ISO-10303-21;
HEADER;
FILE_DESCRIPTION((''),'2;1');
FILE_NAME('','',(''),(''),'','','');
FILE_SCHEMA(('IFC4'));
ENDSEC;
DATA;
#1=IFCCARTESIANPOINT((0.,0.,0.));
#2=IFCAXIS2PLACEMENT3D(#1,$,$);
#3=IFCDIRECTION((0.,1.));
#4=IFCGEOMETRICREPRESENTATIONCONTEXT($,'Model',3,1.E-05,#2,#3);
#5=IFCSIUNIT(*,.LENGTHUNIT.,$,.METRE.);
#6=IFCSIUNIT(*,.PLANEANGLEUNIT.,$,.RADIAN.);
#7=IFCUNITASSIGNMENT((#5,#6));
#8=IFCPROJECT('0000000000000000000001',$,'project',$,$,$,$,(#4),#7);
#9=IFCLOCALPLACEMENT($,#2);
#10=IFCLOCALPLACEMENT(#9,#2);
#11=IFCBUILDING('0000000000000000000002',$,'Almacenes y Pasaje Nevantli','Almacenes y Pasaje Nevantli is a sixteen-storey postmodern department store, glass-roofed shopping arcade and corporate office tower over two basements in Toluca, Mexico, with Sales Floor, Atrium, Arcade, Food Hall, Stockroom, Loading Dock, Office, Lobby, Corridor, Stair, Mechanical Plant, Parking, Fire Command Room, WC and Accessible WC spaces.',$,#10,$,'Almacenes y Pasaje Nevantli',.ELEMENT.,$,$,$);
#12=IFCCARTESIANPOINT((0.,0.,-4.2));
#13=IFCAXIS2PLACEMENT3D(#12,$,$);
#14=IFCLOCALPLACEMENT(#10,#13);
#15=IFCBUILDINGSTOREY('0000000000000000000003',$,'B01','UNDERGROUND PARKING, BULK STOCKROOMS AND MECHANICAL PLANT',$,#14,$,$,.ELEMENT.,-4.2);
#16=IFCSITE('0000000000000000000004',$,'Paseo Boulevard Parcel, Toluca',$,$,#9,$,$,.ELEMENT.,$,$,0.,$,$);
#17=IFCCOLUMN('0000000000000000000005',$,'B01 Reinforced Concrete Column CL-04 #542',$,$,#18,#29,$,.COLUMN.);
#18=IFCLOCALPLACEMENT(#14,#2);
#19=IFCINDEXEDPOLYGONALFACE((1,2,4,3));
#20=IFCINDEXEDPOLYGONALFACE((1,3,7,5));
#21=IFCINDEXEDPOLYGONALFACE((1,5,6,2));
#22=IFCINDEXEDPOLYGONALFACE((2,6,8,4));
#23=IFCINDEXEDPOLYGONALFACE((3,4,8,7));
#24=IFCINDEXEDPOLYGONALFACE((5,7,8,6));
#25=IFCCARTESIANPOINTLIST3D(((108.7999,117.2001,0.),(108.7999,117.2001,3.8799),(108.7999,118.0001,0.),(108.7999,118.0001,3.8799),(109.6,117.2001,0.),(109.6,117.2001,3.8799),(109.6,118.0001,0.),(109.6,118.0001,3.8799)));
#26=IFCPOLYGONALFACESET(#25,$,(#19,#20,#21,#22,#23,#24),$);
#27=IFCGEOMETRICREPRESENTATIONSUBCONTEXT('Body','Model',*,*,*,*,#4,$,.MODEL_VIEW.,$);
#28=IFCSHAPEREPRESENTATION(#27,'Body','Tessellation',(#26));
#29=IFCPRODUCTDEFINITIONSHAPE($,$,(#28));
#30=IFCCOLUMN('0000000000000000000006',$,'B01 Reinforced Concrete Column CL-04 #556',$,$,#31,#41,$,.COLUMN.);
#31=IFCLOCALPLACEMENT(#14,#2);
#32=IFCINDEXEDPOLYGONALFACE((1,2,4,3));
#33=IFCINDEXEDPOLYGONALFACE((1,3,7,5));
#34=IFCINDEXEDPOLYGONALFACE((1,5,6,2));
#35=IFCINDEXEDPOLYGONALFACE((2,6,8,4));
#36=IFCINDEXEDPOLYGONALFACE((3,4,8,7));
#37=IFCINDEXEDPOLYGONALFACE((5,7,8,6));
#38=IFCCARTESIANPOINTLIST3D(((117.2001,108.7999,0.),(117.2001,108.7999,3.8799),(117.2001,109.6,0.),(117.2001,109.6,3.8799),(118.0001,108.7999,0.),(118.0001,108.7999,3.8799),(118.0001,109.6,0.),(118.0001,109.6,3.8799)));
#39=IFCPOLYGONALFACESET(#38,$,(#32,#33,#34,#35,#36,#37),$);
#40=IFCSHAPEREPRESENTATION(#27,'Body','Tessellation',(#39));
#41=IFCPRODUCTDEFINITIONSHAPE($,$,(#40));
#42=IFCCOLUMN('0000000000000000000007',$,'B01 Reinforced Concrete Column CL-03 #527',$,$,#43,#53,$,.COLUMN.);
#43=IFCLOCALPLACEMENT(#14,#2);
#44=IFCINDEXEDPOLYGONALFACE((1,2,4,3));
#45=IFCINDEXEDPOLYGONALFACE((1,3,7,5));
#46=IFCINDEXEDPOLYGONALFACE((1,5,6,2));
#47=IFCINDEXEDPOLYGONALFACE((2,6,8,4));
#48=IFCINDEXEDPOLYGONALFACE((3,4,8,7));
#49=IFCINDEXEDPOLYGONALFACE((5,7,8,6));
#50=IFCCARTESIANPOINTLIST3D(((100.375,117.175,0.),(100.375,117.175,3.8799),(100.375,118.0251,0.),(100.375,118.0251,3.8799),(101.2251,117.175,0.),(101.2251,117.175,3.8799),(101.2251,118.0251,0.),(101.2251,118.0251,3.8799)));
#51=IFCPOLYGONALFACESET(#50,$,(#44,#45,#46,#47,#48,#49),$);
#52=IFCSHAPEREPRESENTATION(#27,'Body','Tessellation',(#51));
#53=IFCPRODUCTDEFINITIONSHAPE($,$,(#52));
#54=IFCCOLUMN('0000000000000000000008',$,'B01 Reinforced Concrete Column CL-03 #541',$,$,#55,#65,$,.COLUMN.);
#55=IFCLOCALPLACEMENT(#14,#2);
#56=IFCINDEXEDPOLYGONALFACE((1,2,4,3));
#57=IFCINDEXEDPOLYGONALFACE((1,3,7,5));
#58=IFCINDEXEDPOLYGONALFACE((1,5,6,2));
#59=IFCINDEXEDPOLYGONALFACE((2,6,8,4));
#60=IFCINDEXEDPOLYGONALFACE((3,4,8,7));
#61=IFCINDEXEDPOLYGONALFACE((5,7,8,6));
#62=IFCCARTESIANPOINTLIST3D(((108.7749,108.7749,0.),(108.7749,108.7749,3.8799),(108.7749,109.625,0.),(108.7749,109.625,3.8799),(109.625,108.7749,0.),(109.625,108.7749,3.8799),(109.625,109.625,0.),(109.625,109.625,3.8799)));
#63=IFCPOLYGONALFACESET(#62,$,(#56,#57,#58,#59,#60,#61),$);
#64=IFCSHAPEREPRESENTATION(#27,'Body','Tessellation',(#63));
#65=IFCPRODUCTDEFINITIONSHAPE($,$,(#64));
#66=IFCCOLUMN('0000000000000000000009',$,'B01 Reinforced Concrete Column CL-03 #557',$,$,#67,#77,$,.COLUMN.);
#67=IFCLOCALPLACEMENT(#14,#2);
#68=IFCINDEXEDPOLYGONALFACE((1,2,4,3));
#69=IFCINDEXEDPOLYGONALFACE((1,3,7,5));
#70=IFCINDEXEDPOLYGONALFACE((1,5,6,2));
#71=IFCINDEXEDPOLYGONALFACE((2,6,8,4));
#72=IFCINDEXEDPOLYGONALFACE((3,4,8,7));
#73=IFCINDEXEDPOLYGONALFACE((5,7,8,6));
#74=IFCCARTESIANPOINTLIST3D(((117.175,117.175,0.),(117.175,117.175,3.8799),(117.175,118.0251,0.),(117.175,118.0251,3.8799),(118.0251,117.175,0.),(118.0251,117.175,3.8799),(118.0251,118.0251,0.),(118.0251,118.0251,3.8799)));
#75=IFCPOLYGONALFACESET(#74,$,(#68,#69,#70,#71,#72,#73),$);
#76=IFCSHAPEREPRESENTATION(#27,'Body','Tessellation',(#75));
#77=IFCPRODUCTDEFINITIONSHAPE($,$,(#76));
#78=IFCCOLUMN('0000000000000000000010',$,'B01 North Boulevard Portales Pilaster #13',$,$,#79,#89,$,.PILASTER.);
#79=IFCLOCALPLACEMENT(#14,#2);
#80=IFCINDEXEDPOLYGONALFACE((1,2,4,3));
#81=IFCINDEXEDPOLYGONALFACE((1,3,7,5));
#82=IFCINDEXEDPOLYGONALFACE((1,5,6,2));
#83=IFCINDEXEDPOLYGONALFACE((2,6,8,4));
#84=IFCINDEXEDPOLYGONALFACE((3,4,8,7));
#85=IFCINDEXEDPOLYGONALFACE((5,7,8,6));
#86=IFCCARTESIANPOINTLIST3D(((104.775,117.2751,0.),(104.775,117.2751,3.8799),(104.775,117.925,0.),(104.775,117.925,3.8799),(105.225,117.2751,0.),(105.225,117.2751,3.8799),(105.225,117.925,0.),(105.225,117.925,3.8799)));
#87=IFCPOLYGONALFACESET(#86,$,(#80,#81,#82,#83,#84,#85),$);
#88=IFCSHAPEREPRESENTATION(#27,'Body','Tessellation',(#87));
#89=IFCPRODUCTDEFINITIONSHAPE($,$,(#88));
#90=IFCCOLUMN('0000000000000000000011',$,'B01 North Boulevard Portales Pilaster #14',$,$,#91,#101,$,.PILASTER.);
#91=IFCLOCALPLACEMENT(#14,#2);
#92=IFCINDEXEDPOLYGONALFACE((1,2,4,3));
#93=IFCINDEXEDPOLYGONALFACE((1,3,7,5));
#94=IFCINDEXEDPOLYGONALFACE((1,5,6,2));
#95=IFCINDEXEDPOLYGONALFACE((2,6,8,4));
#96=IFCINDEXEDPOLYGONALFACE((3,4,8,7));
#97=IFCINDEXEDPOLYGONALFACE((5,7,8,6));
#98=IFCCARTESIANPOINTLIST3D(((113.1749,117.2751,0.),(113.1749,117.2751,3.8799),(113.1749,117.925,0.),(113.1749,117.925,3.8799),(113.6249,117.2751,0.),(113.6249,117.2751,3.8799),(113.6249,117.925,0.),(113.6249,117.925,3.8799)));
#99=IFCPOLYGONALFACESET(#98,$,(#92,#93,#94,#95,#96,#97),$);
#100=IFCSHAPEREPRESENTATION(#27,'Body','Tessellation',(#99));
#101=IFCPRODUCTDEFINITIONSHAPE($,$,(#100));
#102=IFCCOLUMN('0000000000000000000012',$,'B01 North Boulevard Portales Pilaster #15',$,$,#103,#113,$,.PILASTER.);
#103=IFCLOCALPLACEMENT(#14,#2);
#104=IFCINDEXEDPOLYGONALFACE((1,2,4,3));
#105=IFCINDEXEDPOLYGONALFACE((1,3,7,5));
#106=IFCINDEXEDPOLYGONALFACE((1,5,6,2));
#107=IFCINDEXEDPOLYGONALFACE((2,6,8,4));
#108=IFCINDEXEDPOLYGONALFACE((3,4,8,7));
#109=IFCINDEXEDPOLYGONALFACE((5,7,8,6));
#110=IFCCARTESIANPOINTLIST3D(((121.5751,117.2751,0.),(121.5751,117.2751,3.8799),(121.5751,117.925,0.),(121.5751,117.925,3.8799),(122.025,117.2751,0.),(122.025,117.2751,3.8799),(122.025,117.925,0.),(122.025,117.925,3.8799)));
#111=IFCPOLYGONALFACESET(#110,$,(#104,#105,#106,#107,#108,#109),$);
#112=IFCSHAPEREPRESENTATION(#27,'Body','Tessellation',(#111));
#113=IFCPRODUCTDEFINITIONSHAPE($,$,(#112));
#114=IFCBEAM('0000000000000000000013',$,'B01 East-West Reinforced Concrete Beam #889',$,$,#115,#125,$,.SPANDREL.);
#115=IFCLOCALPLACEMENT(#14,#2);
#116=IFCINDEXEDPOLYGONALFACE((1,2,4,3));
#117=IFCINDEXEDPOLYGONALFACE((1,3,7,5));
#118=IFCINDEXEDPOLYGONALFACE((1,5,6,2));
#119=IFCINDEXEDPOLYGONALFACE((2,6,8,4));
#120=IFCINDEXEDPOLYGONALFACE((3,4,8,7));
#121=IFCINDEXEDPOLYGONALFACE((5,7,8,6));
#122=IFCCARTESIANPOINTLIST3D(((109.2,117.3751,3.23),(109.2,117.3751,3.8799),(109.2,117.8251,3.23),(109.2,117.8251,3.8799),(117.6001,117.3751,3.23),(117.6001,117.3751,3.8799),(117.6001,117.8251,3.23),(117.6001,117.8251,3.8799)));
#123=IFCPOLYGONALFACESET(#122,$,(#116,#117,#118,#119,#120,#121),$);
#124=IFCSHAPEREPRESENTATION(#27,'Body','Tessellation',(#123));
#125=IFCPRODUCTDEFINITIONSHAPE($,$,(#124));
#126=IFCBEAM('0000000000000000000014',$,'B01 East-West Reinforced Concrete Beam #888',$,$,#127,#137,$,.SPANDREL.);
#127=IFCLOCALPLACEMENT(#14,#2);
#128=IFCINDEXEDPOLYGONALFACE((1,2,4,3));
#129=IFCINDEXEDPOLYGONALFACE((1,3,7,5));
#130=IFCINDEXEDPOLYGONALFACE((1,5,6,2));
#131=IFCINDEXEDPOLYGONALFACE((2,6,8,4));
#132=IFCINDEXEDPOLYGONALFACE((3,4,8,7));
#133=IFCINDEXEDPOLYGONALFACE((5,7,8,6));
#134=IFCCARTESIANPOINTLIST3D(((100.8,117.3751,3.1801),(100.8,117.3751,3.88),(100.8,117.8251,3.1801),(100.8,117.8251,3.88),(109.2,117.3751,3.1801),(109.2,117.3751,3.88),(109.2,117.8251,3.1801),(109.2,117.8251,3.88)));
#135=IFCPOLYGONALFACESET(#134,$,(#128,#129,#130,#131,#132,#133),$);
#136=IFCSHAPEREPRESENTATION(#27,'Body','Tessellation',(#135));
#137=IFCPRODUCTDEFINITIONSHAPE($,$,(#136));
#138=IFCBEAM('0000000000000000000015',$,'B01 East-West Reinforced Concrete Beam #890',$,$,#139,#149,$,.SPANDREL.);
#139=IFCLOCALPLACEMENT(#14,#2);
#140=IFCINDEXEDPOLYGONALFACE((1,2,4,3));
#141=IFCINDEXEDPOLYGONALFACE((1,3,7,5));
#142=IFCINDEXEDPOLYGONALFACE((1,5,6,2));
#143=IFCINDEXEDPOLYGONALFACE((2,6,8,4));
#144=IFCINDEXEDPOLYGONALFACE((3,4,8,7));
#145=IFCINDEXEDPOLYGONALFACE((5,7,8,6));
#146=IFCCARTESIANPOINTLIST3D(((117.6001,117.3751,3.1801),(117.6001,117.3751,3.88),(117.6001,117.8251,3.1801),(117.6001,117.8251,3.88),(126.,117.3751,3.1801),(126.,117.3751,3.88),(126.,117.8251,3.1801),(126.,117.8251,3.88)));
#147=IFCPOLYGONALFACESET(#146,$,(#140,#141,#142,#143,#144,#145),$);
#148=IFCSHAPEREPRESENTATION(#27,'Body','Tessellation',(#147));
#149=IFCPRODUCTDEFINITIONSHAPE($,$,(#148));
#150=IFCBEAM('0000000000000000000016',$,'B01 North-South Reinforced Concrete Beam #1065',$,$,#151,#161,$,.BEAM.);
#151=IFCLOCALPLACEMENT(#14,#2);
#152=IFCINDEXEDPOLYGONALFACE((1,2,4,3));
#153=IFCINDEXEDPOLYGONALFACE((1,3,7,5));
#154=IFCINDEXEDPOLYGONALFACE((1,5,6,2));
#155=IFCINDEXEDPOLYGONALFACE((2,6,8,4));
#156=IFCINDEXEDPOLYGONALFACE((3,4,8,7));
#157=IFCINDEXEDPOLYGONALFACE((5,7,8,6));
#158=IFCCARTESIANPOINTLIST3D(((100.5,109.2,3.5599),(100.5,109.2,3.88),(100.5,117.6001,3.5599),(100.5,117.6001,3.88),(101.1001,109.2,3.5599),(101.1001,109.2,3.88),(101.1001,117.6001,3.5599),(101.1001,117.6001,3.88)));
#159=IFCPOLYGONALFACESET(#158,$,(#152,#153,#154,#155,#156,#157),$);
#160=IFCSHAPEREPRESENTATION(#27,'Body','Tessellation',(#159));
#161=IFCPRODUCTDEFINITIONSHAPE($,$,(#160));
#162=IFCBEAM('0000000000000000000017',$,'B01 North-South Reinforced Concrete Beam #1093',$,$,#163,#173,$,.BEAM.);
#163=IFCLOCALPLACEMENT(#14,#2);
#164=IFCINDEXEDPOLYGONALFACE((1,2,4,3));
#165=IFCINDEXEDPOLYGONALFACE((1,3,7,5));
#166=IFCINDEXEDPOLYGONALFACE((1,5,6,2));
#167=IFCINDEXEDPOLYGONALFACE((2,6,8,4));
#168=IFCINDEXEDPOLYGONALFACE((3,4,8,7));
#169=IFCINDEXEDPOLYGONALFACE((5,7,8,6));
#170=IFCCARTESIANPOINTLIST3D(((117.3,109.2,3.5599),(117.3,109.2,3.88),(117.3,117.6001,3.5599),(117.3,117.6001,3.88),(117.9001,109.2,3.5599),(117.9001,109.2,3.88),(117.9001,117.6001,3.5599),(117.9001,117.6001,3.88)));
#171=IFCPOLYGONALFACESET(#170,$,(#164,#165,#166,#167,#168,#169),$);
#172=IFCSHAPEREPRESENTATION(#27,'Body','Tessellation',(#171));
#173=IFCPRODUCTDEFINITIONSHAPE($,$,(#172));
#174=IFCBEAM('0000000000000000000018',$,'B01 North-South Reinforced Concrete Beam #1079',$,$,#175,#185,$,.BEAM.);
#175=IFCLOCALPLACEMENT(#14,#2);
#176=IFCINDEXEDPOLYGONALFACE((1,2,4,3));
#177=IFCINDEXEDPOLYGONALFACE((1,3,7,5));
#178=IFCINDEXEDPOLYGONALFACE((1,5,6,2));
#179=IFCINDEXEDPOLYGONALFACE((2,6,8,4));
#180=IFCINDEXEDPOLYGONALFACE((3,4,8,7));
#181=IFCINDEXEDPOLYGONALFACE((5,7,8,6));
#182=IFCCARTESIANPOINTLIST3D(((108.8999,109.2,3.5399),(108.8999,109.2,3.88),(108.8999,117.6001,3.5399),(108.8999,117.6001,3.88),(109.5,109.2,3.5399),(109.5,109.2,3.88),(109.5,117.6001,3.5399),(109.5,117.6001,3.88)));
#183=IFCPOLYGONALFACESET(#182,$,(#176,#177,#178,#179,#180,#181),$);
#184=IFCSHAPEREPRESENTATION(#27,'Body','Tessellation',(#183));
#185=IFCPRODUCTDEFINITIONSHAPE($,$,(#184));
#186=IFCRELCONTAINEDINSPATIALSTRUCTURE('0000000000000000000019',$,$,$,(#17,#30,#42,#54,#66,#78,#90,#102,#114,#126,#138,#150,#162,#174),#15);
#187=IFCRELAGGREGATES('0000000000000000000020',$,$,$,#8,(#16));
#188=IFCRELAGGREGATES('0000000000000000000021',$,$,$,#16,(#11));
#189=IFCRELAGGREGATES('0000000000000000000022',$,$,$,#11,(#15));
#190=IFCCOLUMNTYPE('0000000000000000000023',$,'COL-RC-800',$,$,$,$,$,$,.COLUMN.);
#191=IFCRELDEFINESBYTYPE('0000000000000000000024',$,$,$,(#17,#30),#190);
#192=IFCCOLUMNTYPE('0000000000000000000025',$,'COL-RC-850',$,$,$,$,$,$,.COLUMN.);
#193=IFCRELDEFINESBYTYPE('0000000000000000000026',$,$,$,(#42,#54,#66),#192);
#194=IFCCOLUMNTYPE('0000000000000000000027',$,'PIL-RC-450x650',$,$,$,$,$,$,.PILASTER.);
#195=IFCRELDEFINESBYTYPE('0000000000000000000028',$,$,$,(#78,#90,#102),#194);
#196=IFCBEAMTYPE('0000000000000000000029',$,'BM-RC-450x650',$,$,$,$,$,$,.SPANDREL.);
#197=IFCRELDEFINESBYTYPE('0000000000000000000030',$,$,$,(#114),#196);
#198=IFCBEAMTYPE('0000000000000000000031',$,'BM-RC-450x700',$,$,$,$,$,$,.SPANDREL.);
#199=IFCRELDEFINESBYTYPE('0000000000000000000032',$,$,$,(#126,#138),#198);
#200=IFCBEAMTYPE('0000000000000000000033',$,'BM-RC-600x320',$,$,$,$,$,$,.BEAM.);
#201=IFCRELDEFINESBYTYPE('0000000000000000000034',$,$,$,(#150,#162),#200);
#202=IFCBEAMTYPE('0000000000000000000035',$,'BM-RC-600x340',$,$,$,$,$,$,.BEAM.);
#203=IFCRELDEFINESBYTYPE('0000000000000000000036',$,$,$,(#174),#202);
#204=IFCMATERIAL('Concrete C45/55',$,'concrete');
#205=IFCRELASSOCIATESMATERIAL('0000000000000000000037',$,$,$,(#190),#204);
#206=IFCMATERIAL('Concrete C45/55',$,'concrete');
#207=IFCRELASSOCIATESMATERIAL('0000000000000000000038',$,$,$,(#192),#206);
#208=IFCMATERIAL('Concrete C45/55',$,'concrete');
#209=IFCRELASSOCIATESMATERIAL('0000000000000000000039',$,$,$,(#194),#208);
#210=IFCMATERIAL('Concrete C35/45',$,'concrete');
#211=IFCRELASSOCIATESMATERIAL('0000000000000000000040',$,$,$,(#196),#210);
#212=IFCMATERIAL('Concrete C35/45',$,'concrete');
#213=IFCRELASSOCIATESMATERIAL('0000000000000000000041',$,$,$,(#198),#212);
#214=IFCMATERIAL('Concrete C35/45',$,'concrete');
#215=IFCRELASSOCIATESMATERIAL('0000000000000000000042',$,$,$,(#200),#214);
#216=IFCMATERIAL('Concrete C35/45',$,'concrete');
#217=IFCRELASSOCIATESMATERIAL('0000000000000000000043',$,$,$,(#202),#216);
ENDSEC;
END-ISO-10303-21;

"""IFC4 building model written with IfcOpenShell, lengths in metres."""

from ifc_helpers import new_model, si_unit, direction, frame, origin, origin_2d, place, context, subcontext, project, spatial, rectangle, extrude, material, material_profile, profile_set, type_object, element, save


model = new_model("IFC4")

# Units and contexts
model_context = context("Model", 3, precision=1e-05, world=origin(), true_north=direction((0.0, 1.0)))
body_context = subcontext(model_context, "Body", "Model", "MODEL_VIEW")
ifc_project = project(units=[si_unit("LENGTHUNIT", "METRE"), si_unit("PLANEANGLEUNIT", "RADIAN")], contexts=[model_context])

# Site, building, storey
site_placement = place(None, origin())
site = spatial("IfcSite", under=ifc_project, at=site_placement, Name="Paseo Boulevard Parcel, Toluca", CompositionType="ELEMENT", RefElevation=0.0)
building_placement = place(site_placement, origin())
building = spatial("IfcBuilding", under=site, at=building_placement, Name="Almacenes y Pasaje Nevantli", Description="Almacenes y Pasaje Nevantli is a sixteen-storey postmodern department store, glass-roofed shopping arcade and corporate office tower over two basements in Toluca, Mexico, with Sales Floor, Atrium, Arcade, Food Hall, Stockroom, Loading Dock, Office, Lobby, Corridor, Stair, Mechanical Plant, Parking, Fire Command Room, WC and Accessible WC spaces.", LongName="Almacenes y Pasaje Nevantli", CompositionType="ELEMENT")
storey_placement = place(building_placement, frame((0.0, 0.0, -4.2)))
storey = spatial("IfcBuildingStorey", under=building, at=storey_placement, Name="B01", Description="UNDERGROUND PARKING, BULK STOCKROOMS AND MECHANICAL PLANT", CompositionType="ELEMENT", Elevation=-4.2)

# Columns
ifc_material_1 = material(Name="Concrete C45/55", Category="concrete")
ifc_material_profile_1 = material_profile(ifc_material_1, rectangle(XDim=0.8, YDim=0.8, at=origin_2d()), Name="RC-COL-800x800")
ifc_profile_set_1 = profile_set([ifc_material_profile_1], Name="Concrete C45/55")
column_type_1 = type_object("IfcColumnType", Name="COL-RC-800", PredefinedType="COLUMN", material=ifc_profile_set_1)
for number, where, z_axis, x_axis, name in (
    (1, (109.2, 117.6001, 0.0), (0.0, 0.0, 1.0), (1.0, 0.0, 0.0), "B01 Reinforced Concrete Column CL-04 #542"),
    (2, (117.6001, 109.2, 0.0), (0.0, 0.0, 1.0), (1.0, 0.0, 0.0), "B01 Reinforced Concrete Column CL-04 #556"),
):
    element("IfcColumn", number, at=place(storey_placement, frame(where, z_axis=z_axis, x_axis=x_axis)), inside=storey, type_object=column_type_1, Name=name, PredefinedType="COLUMN", context=body_context, shape_type="SweptSolid", body=[
        extrude(rectangle(XDim=0.8, YDim=0.8, at=origin_2d()), origin(), (0.0, 0.0, 1.0), 3.8799),
    ])
ifc_material_2 = material(Name="Concrete C45/55", Category="concrete")
ifc_material_profile_2 = material_profile(ifc_material_2, rectangle(XDim=0.8501, YDim=0.8501, at=origin_2d()), Name="RC-COL-850x850")
ifc_profile_set_2 = profile_set([ifc_material_profile_2], Name="Concrete C45/55")
column_type_2 = type_object("IfcColumnType", Name="COL-RC-850", PredefinedType="COLUMN", material=ifc_profile_set_2)
for number, where, z_axis, x_axis, name in (
    (3, (100.8, 117.6001, 0.0), (0.0, 0.0, 1.0), (1.0, 0.0, 0.0), "B01 Reinforced Concrete Column CL-03 #527"),
    (4, (109.2, 109.2, 0.0), (0.0, 0.0, 1.0), (1.0, 0.0, 0.0), "B01 Reinforced Concrete Column CL-03 #541"),
    (5, (117.6001, 117.6001, 0.0), (0.0, 0.0, 1.0), (1.0, 0.0, 0.0), "B01 Reinforced Concrete Column CL-03 #557"),
):
    element("IfcColumn", number, at=place(storey_placement, frame(where, z_axis=z_axis, x_axis=x_axis)), inside=storey, type_object=column_type_2, Name=name, PredefinedType="COLUMN", context=body_context, shape_type="SweptSolid", body=[
        extrude(rectangle(XDim=0.8501, YDim=0.8501, at=origin_2d()), origin(), (0.0, 0.0, 1.0), 3.8799),
    ])
ifc_material_3 = material(Name="Concrete C45/55", Category="concrete")
ifc_material_profile_3 = material_profile(ifc_material_3, rectangle(XDim=0.45, YDim=0.6499, at=origin_2d()), Name="RC-PIL-450x650")
ifc_profile_set_3 = profile_set([ifc_material_profile_3], Name="Concrete C45/55")
column_type_3 = type_object("IfcColumnType", Name="PIL-RC-450x650", PredefinedType="PILASTER", material=ifc_profile_set_3)
for number, where, z_axis, x_axis, name in (
    (6, (105.0, 117.6001, 0.0), (0.0, 0.0, 1.0), (1.0, 0.0, 0.0), "B01 North Boulevard Portales Pilaster #13"),
    (7, (113.3999, 117.6001, 0.0), (0.0, 0.0, 1.0), (1.0, 0.0, 0.0), "B01 North Boulevard Portales Pilaster #14"),
    (8, (121.8, 117.6001, 0.0), (0.0, 0.0, 1.0), (1.0, 0.0, 0.0), "B01 North Boulevard Portales Pilaster #15"),
):
    element("IfcColumn", number, at=place(storey_placement, frame(where, z_axis=z_axis, x_axis=x_axis)), inside=storey, type_object=column_type_3, Name=name, PredefinedType="PILASTER", context=body_context, shape_type="SweptSolid", body=[
        extrude(rectangle(XDim=0.45, YDim=0.6499, at=origin_2d()), origin(), (0.0, 0.0, 1.0), 3.8799),
    ])

# Beams
ifc_material_4 = material(Name="Concrete C35/45", Category="concrete")
ifc_material_profile_4 = material_profile(ifc_material_4, rectangle(XDim=0.45, YDim=0.6499, at=origin_2d()), Name="RC-BM-450x650")
ifc_profile_set_4 = profile_set([ifc_material_profile_4], Name="Concrete C35/45")
beam_type_1 = type_object("IfcBeamType", Name="BM-RC-450x650", PredefinedType="SPANDREL", material=ifc_profile_set_4)
beam_1_placement = place(storey_placement, frame((109.2, 117.6001, 3.5549), z_axis=(1.0, 0.0, 0.0), x_axis=(0.0, 1.0, 0.0)))
element("IfcBeam", 9, at=beam_1_placement, inside=storey, type_object=beam_type_1, Name="B01 East-West Reinforced Concrete Beam #889", PredefinedType="SPANDREL", context=body_context, shape_type="SweptSolid", body=[
    extrude(rectangle(XDim=0.45, YDim=0.6499, at=origin_2d()), origin(), (0.0, 0.0, 1.0), 8.4001),
])
ifc_material_5 = material(Name="Concrete C35/45", Category="concrete")
ifc_material_profile_5 = material_profile(ifc_material_5, rectangle(XDim=0.45, YDim=0.7, at=origin_2d()), Name="RC-BM-450x700")
ifc_profile_set_5 = profile_set([ifc_material_profile_5], Name="Concrete C35/45")
beam_type_2 = type_object("IfcBeamType", Name="BM-RC-450x700", PredefinedType="SPANDREL", material=ifc_profile_set_5)
for number, where, z_axis, x_axis, name in (
    (10, (100.8, 117.6001, 3.53), (1.0, 0.0, 0.0), (0.0, 1.0, 0.0), "B01 East-West Reinforced Concrete Beam #888"),
    (11, (117.6001, 117.6001, 3.53), (1.0, 0.0, 0.0), (0.0, 1.0, 0.0), "B01 East-West Reinforced Concrete Beam #890"),
):
    element("IfcBeam", number, at=place(storey_placement, frame(where, z_axis=z_axis, x_axis=x_axis)), inside=storey, type_object=beam_type_2, Name=name, PredefinedType="SPANDREL", context=body_context, shape_type="SweptSolid", body=[
        extrude(rectangle(XDim=0.45, YDim=0.7, at=origin_2d()), origin(), (0.0, 0.0, 1.0), 8.3999),
    ])
ifc_material_6 = material(Name="Concrete C35/45", Category="concrete")
ifc_material_profile_6 = material_profile(ifc_material_6, rectangle(XDim=0.6001, YDim=0.3201, at=origin_2d()), Name="RC-BM-600x320")
ifc_profile_set_6 = profile_set([ifc_material_profile_6], Name="Concrete C35/45")
beam_type_3 = type_object("IfcBeamType", Name="BM-RC-600x320", PredefinedType="BEAM", material=ifc_profile_set_6)
for number, where, z_axis, x_axis, name in (
    (12, (100.8, 109.2, 3.72), (0.0, 1.0, 0.0), (-1.0, 0.0, 0.0), "B01 North-South Reinforced Concrete Beam #1065"),
    (13, (117.6001, 109.2, 3.72), (0.0, 1.0, 0.0), (-1.0, 0.0, 0.0), "B01 North-South Reinforced Concrete Beam #1093"),
):
    element("IfcBeam", number, at=place(storey_placement, frame(where, z_axis=z_axis, x_axis=x_axis)), inside=storey, type_object=beam_type_3, Name=name, PredefinedType="BEAM", context=body_context, shape_type="SweptSolid", body=[
        extrude(rectangle(XDim=0.6001, YDim=0.3201, at=origin_2d()), origin(), (0.0, 0.0, 1.0), 8.4001),
    ])
ifc_material_7 = material(Name="Concrete C35/45", Category="concrete")
ifc_material_profile_7 = material_profile(ifc_material_7, rectangle(XDim=0.6001, YDim=0.3401, at=origin_2d()), Name="RC-BM-600x340")
ifc_profile_set_7 = profile_set([ifc_material_profile_7], Name="Concrete C35/45")
beam_type_4 = type_object("IfcBeamType", Name="BM-RC-600x340", PredefinedType="BEAM", material=ifc_profile_set_7)
beam_2_placement = place(storey_placement, frame((109.2, 109.2, 3.71), z_axis=(0.0, 1.0, 0.0), x_axis=(-1.0, 0.0, 0.0)))
element("IfcBeam", 14, at=beam_2_placement, inside=storey, type_object=beam_type_4, Name="B01 North-South Reinforced Concrete Beam #1079", PredefinedType="BEAM", context=body_context, shape_type="SweptSolid", body=[
    extrude(rectangle(XDim=0.6001, YDim=0.3401, at=origin_2d()), origin(), (0.0, 0.0, 1.0), 8.4001),
])

save(model, "model.ifc")
